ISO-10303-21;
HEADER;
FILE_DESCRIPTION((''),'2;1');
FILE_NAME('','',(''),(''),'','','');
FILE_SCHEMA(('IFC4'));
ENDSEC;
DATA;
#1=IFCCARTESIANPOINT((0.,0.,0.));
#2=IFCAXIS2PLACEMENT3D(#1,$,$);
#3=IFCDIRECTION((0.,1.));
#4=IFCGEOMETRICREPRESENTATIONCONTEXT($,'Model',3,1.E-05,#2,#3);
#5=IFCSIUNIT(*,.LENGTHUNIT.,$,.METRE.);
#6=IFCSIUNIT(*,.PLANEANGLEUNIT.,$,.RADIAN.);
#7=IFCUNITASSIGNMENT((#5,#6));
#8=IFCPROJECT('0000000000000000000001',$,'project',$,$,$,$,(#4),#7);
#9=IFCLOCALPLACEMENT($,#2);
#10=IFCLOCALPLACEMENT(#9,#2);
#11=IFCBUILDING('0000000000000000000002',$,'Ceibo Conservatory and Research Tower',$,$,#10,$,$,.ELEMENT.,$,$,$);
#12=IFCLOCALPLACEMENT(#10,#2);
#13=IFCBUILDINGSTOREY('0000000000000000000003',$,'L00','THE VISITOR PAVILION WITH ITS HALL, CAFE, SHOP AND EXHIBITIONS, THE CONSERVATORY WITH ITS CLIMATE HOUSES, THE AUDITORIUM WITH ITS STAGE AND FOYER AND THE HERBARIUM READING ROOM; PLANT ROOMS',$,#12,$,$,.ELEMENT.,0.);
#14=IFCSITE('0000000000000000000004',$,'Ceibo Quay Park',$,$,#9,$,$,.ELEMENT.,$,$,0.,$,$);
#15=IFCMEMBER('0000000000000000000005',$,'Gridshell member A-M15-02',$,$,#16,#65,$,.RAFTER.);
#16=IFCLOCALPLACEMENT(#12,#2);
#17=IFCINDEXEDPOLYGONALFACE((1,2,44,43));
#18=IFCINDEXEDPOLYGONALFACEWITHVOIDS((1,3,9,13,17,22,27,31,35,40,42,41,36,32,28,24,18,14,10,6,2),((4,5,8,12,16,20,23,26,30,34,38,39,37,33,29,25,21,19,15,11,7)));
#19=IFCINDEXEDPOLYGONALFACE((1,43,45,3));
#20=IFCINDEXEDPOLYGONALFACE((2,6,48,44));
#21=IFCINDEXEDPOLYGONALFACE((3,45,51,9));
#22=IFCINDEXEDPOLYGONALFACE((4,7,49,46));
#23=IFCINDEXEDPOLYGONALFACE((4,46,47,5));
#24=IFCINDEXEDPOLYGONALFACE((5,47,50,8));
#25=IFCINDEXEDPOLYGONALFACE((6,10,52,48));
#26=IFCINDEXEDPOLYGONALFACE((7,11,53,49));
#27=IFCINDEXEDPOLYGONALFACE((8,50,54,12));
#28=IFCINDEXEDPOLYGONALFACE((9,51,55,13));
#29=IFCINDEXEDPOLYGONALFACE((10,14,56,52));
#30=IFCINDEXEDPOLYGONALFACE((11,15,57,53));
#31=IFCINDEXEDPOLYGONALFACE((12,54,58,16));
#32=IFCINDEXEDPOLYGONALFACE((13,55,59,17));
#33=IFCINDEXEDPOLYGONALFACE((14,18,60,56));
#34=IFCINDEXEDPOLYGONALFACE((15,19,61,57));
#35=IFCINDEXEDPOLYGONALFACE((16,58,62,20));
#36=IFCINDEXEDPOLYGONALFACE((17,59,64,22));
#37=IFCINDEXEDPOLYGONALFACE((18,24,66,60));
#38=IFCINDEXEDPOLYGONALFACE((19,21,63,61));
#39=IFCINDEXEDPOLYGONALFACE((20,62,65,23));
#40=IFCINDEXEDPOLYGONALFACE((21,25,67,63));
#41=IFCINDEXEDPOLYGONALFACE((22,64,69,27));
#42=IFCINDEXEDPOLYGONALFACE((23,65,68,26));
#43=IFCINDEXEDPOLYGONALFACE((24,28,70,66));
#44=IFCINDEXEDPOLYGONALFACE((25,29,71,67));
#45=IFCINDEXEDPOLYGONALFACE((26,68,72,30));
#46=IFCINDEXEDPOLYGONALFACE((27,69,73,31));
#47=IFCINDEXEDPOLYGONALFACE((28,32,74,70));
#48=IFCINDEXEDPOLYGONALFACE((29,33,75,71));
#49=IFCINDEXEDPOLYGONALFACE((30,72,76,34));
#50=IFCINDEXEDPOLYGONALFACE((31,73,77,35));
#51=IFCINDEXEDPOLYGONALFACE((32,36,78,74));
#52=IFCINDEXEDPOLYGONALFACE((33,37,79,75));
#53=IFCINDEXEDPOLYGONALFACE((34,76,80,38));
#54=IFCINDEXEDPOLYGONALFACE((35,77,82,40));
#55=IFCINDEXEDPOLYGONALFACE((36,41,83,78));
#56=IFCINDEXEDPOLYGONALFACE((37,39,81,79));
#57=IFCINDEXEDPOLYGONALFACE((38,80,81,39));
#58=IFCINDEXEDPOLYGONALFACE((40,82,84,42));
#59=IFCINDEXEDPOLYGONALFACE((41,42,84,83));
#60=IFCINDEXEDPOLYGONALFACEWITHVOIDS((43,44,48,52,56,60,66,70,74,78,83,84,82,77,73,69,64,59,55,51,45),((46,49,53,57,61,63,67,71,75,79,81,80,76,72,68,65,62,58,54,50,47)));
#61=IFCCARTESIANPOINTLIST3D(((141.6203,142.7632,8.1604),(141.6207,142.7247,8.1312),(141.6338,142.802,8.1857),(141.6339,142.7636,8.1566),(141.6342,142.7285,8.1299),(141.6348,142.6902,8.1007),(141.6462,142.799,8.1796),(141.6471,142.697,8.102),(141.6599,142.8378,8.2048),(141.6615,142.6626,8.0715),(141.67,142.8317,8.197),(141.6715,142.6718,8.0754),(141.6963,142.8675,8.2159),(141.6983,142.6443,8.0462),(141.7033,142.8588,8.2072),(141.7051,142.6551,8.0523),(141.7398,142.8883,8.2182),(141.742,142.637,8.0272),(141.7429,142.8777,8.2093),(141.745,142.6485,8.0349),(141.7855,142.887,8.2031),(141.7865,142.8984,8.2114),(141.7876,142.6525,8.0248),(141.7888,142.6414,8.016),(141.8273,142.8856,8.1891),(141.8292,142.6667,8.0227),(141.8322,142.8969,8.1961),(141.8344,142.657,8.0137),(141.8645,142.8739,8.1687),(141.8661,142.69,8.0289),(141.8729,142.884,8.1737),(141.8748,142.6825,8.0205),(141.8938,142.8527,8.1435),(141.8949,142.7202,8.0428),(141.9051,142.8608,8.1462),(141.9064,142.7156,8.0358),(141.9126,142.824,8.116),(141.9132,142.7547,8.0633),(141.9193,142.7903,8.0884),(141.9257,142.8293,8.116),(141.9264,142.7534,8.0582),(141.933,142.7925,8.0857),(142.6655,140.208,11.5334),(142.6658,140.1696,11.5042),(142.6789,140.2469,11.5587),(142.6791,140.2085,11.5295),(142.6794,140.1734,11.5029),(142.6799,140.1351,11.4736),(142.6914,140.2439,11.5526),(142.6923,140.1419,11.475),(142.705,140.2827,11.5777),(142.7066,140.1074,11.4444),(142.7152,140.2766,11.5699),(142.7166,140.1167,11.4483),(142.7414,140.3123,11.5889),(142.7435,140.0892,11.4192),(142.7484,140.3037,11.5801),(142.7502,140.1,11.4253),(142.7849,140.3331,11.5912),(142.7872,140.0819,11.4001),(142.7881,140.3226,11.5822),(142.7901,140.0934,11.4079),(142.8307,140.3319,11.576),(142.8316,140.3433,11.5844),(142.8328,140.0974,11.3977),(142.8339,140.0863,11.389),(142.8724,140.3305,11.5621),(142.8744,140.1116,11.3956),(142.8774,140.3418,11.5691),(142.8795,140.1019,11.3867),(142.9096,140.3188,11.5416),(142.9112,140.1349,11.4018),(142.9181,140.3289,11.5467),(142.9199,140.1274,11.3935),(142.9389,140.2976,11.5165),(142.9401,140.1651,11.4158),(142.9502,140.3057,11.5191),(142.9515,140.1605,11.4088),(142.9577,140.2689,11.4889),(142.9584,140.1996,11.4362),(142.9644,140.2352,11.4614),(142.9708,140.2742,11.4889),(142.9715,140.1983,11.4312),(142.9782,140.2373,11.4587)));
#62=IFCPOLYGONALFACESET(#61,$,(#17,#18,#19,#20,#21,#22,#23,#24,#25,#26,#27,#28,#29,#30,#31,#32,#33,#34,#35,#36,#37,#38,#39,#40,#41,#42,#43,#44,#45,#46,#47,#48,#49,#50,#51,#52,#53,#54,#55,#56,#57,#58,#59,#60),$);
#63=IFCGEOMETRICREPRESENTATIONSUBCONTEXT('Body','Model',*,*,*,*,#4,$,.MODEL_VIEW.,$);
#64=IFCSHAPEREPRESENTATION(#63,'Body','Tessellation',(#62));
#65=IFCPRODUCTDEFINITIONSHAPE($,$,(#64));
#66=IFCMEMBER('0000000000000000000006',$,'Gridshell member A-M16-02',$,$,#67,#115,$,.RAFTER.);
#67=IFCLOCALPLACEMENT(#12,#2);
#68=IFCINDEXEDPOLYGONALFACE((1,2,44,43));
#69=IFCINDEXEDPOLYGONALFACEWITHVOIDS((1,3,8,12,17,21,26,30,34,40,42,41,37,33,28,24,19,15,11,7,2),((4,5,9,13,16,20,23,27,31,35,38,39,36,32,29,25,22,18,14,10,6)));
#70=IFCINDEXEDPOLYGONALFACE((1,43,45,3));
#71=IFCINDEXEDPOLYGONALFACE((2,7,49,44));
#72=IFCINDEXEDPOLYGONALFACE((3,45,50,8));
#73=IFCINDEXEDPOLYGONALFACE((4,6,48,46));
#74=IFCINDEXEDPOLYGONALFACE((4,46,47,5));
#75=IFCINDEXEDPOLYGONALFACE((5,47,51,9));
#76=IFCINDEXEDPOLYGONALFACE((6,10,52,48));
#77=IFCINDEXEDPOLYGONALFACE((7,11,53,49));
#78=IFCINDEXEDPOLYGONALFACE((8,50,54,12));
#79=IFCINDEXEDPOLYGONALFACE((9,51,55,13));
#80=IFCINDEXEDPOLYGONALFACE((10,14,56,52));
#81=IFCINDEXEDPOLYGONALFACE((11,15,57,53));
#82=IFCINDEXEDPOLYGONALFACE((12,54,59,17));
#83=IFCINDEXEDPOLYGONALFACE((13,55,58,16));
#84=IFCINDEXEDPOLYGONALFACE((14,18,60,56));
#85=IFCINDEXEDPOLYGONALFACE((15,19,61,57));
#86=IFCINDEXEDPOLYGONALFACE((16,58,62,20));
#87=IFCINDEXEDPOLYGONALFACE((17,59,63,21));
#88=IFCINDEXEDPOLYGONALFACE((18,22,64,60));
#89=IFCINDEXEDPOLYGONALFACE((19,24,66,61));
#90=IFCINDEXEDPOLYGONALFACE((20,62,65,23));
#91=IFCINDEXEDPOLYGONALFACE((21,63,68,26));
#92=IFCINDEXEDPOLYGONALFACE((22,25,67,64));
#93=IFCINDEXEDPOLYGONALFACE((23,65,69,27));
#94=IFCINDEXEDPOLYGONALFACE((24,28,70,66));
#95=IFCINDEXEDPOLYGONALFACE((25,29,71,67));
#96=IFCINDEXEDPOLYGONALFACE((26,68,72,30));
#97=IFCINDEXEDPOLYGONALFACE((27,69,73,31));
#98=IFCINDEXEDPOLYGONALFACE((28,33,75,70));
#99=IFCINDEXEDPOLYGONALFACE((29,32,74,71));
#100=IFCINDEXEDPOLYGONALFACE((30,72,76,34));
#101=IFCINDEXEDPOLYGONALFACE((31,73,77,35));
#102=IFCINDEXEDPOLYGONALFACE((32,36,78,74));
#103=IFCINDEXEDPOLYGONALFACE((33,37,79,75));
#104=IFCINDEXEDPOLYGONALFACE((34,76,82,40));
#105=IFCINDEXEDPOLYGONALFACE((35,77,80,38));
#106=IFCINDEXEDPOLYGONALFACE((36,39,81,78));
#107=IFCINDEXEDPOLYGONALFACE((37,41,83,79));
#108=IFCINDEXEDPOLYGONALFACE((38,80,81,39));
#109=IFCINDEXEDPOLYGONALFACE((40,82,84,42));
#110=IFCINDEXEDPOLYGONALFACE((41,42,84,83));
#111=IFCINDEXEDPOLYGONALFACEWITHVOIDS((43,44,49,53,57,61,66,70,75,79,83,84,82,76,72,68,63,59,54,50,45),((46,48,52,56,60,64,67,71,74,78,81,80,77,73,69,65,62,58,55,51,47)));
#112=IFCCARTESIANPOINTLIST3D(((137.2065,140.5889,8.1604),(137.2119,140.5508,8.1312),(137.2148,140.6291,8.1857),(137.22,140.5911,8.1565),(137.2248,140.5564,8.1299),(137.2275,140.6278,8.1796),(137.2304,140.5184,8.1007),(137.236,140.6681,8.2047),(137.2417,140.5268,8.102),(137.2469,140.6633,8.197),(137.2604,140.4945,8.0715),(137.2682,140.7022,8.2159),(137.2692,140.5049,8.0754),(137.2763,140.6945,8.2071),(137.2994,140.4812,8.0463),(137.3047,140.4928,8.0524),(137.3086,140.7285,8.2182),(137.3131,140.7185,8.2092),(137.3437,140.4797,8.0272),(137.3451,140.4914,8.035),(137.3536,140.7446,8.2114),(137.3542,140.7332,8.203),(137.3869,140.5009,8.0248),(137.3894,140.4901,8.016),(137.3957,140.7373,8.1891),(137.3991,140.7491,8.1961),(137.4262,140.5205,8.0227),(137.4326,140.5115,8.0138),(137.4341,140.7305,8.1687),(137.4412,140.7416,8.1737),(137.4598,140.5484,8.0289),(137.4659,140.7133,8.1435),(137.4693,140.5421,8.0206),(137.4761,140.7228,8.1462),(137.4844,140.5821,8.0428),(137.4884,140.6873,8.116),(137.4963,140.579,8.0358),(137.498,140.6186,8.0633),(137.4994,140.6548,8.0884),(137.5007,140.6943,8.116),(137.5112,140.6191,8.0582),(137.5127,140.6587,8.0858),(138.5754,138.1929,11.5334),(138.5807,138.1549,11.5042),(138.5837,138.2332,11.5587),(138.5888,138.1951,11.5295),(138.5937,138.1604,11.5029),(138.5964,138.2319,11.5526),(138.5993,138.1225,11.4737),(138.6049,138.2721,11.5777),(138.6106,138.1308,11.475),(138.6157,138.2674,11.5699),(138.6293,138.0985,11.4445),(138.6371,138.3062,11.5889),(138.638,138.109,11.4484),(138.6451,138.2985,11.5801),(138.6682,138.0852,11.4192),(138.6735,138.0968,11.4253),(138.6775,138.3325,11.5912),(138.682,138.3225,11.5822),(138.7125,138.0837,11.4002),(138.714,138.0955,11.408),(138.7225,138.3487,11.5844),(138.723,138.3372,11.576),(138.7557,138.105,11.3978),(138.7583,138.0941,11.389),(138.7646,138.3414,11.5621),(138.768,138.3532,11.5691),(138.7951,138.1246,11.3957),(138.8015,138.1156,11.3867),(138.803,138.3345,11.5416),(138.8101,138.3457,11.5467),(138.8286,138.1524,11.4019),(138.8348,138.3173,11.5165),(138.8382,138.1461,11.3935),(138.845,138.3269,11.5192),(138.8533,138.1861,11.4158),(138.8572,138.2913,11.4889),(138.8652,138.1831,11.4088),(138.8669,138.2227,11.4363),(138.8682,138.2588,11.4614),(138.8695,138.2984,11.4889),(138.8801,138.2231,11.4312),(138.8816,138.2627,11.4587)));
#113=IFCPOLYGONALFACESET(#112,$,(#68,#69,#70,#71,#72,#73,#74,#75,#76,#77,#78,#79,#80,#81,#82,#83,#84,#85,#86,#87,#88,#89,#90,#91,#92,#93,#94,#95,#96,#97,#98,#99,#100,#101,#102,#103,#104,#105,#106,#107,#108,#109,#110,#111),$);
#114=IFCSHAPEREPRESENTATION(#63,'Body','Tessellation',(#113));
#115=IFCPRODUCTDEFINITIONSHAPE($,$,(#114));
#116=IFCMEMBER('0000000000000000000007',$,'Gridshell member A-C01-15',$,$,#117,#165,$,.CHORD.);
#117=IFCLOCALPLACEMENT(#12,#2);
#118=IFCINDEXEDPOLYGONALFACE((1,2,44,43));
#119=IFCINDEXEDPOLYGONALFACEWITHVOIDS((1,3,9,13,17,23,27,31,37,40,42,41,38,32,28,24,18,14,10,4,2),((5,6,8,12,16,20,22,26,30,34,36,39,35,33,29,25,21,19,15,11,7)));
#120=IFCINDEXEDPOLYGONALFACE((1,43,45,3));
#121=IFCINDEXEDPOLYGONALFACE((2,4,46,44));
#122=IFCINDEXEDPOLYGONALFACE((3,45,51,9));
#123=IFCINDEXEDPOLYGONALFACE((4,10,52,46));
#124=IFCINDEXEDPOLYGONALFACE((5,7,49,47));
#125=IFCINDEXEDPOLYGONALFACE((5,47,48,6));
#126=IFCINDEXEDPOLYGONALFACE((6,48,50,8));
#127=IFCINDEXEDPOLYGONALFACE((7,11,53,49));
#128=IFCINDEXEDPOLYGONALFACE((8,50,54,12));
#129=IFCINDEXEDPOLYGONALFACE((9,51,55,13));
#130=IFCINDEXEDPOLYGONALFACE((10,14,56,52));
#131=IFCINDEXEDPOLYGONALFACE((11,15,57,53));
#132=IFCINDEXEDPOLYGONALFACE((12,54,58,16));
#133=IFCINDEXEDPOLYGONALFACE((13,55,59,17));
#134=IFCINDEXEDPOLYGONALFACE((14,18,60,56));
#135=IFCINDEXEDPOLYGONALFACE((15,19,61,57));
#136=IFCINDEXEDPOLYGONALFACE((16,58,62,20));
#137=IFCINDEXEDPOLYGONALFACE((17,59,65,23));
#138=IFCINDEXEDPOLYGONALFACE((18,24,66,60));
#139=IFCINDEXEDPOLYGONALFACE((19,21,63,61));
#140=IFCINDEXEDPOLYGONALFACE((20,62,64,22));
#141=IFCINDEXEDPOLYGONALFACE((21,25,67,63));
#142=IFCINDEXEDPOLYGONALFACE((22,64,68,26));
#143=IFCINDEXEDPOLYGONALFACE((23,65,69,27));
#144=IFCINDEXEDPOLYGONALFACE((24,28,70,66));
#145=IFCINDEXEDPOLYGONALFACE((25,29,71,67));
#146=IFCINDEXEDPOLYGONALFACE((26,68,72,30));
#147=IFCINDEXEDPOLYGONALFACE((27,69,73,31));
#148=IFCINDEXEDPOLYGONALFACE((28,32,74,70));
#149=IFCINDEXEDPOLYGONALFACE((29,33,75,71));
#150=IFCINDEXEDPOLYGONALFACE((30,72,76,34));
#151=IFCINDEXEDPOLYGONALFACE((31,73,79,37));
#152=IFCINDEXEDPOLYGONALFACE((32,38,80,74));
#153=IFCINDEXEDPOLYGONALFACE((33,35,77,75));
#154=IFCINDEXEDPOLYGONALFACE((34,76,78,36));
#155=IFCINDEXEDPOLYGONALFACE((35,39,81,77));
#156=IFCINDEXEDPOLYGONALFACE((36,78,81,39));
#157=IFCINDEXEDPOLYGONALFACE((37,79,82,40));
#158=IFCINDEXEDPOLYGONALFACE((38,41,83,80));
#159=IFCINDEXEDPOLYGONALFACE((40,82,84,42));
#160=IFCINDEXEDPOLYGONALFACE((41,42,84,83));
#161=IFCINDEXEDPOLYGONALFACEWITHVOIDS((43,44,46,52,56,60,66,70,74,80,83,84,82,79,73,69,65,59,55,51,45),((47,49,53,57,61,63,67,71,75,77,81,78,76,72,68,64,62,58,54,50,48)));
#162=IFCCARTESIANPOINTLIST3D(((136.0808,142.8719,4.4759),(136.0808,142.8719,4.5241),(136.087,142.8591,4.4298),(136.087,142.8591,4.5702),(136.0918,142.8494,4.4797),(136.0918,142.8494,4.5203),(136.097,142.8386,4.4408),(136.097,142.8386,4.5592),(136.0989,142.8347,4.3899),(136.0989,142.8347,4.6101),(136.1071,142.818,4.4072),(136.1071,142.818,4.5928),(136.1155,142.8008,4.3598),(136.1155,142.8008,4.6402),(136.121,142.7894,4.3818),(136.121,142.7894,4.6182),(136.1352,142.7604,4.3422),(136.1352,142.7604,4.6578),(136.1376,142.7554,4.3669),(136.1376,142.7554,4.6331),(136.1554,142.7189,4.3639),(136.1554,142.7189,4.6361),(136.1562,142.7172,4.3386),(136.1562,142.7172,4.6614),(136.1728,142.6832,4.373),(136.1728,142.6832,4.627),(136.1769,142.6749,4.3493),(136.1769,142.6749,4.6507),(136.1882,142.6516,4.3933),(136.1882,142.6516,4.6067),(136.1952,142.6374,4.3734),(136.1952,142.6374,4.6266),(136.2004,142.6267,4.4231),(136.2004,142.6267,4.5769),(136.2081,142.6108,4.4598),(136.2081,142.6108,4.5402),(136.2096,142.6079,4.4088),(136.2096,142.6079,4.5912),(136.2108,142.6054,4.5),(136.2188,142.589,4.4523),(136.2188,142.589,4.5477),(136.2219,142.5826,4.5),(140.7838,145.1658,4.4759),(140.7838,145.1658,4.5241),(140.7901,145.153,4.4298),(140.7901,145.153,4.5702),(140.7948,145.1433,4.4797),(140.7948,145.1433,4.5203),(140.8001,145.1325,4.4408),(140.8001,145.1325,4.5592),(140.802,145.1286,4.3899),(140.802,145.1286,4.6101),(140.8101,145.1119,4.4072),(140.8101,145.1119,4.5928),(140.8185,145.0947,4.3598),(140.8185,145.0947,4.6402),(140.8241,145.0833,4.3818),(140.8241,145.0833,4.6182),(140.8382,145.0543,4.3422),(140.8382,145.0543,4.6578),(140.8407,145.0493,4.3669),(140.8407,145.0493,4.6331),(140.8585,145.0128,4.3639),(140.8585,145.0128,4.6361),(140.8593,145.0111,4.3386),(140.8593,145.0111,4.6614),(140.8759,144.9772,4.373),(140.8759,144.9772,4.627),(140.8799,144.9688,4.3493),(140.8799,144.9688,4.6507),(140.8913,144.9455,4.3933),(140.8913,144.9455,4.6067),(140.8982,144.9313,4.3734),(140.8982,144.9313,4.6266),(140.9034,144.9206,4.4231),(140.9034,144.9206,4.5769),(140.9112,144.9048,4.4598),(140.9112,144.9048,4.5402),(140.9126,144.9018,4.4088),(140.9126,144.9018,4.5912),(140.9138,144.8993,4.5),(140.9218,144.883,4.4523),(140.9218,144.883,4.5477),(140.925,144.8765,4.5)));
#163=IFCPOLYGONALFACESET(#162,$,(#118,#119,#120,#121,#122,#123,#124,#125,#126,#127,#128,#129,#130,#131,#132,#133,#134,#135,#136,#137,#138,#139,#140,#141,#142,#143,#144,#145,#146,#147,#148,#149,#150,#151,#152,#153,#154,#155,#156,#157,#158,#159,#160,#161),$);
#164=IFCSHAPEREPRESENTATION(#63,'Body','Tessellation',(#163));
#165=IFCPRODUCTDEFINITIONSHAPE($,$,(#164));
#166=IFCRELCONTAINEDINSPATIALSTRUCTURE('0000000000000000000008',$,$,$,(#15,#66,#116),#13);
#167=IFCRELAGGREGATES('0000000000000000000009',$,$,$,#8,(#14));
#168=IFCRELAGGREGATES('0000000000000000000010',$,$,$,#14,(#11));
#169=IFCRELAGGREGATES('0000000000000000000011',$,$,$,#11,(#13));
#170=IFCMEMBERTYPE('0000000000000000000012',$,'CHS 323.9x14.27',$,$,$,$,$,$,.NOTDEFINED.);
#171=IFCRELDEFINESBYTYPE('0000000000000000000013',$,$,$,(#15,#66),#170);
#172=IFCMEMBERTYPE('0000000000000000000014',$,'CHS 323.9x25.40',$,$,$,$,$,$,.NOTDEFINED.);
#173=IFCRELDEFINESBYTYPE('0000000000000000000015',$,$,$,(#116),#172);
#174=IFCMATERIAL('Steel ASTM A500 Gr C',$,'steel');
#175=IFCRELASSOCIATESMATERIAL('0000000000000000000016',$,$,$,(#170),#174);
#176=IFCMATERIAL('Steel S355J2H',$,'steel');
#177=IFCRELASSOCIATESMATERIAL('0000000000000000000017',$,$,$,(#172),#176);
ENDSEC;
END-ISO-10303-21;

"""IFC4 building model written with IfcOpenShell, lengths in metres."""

from ifc_helpers import new_model, si_unit, direction, frame, origin, origin_2d, place, context, subcontext, project, spatial, hollow_circle, extrude, material, material_profile, profile_set, type_object, element, save


model = new_model("IFC4")

# Units and contexts
model_context = context("Model", 3, precision=1e-05, world=origin(), true_north=direction((0.0, 1.0)))
body_context = subcontext(model_context, "Body", "Model", "MODEL_VIEW")
ifc_project = project(units=[si_unit("LENGTHUNIT", "METRE"), si_unit("PLANEANGLEUNIT", "RADIAN")], contexts=[model_context])

# Site, building, storey
site_placement = place(None, origin())
site = spatial("IfcSite", under=ifc_project, at=site_placement, Name="Ceibo Quay Park", CompositionType="ELEMENT", RefElevation=0.0)
building_placement = place(site_placement, origin())
building = spatial("IfcBuilding", under=site, at=building_placement, Name="Ceibo Conservatory and Research Tower", CompositionType="ELEMENT")
storey_placement = place(building_placement, origin())
storey = spatial("IfcBuildingStorey", under=building, at=storey_placement, Name="L00", Description="THE VISITOR PAVILION WITH ITS HALL, CAFE, SHOP AND EXHIBITIONS, THE CONSERVATORY WITH ITS CLIMATE HOUSES, THE AUDITORIUM WITH ITS STAGE AND FOYER AND THE HERBARIUM READING ROOM; PLANT ROOMS", CompositionType="ELEMENT", Elevation=0.0)

# Members
ifc_material_1 = material(Name="Steel ASTM A500 Gr C", Category="steel")
ifc_material_profile_1 = material_profile(ifc_material_1, hollow_circle(Radius=0.1619, WallThickness=0.0142, at=origin_2d()), Name="CHS 323.9x14.27")
ifc_profile_set_1 = profile_set([ifc_material_profile_1], Name="Steel ASTM A500 Gr C")
member_type_1 = type_object("IfcMemberType", Name="CHS 323.9x14.27", PredefinedType="NOTDEFINED", material=ifc_profile_set_1)
member_1_placement = place(storey_placement, frame((141.7759, 142.7681, 8.116), z_axis=(0.239785, -0.586217, 0.773856), x_axis=(0.925564, 0.378592, 0.0)))
element("IfcMember", 1, at=member_1_placement, inside=storey, type_object=member_type_1, Name="Gridshell member A-M15-02", PredefinedType="RAFTER", context=body_context, shape_type="SweptSolid", body=[
    extrude(hollow_circle(Radius=0.1619, WallThickness=0.0142, at=origin_2d()), origin(), (0.0, 0.0, 1.0), 4.3586),
])
member_2_placement = place(storey_placement, frame((137.3601, 140.614, 8.116), z_axis=(0.314112, -0.549793, 0.773991), x_axis=(0.868281, 0.496072, 0.0)))
element("IfcMember", 2, at=member_2_placement, inside=storey, type_object=member_type_1, Name="Gridshell member A-M16-02", PredefinedType="RAFTER", context=body_context, shape_type="SweptSolid", body=[
    extrude(hollow_circle(Radius=0.1619, WallThickness=0.0142, at=origin_2d()), origin(), (0.0, 0.0, 1.0), 4.3579),
])
ifc_material_2 = material(Name="Steel S355J2H", Category="steel")
ifc_material_profile_2 = material_profile(ifc_material_2, hollow_circle(Radius=0.1619, WallThickness=0.0254, at=origin_2d()), Name="CHS 323.9x25.40")
ifc_profile_set_2 = profile_set([ifc_material_profile_2], Name="Steel S355J2H")
member_type_2 = type_object("IfcMemberType", Name="CHS 323.9x25.40", PredefinedType="NOTDEFINED", material=ifc_profile_set_2)
member_3_placement = place(storey_placement, frame((140.854, 145.022, 4.5), z_axis=(-0.898788, -0.438383, 0.0), x_axis=(0.438383, -0.898788, 0.0)))
element("IfcMember", 3, at=member_3_placement, inside=storey, type_object=member_type_2, Name="Gridshell member A-C01-15", PredefinedType="CHORD", context=body_context, shape_type="SweptSolid", body=[
    extrude(hollow_circle(Radius=0.1619, WallThickness=0.0254, at=origin_2d()), origin(), (0.0, 0.0, 1.0), 5.2327),
])

save(model, "model.ifc")
